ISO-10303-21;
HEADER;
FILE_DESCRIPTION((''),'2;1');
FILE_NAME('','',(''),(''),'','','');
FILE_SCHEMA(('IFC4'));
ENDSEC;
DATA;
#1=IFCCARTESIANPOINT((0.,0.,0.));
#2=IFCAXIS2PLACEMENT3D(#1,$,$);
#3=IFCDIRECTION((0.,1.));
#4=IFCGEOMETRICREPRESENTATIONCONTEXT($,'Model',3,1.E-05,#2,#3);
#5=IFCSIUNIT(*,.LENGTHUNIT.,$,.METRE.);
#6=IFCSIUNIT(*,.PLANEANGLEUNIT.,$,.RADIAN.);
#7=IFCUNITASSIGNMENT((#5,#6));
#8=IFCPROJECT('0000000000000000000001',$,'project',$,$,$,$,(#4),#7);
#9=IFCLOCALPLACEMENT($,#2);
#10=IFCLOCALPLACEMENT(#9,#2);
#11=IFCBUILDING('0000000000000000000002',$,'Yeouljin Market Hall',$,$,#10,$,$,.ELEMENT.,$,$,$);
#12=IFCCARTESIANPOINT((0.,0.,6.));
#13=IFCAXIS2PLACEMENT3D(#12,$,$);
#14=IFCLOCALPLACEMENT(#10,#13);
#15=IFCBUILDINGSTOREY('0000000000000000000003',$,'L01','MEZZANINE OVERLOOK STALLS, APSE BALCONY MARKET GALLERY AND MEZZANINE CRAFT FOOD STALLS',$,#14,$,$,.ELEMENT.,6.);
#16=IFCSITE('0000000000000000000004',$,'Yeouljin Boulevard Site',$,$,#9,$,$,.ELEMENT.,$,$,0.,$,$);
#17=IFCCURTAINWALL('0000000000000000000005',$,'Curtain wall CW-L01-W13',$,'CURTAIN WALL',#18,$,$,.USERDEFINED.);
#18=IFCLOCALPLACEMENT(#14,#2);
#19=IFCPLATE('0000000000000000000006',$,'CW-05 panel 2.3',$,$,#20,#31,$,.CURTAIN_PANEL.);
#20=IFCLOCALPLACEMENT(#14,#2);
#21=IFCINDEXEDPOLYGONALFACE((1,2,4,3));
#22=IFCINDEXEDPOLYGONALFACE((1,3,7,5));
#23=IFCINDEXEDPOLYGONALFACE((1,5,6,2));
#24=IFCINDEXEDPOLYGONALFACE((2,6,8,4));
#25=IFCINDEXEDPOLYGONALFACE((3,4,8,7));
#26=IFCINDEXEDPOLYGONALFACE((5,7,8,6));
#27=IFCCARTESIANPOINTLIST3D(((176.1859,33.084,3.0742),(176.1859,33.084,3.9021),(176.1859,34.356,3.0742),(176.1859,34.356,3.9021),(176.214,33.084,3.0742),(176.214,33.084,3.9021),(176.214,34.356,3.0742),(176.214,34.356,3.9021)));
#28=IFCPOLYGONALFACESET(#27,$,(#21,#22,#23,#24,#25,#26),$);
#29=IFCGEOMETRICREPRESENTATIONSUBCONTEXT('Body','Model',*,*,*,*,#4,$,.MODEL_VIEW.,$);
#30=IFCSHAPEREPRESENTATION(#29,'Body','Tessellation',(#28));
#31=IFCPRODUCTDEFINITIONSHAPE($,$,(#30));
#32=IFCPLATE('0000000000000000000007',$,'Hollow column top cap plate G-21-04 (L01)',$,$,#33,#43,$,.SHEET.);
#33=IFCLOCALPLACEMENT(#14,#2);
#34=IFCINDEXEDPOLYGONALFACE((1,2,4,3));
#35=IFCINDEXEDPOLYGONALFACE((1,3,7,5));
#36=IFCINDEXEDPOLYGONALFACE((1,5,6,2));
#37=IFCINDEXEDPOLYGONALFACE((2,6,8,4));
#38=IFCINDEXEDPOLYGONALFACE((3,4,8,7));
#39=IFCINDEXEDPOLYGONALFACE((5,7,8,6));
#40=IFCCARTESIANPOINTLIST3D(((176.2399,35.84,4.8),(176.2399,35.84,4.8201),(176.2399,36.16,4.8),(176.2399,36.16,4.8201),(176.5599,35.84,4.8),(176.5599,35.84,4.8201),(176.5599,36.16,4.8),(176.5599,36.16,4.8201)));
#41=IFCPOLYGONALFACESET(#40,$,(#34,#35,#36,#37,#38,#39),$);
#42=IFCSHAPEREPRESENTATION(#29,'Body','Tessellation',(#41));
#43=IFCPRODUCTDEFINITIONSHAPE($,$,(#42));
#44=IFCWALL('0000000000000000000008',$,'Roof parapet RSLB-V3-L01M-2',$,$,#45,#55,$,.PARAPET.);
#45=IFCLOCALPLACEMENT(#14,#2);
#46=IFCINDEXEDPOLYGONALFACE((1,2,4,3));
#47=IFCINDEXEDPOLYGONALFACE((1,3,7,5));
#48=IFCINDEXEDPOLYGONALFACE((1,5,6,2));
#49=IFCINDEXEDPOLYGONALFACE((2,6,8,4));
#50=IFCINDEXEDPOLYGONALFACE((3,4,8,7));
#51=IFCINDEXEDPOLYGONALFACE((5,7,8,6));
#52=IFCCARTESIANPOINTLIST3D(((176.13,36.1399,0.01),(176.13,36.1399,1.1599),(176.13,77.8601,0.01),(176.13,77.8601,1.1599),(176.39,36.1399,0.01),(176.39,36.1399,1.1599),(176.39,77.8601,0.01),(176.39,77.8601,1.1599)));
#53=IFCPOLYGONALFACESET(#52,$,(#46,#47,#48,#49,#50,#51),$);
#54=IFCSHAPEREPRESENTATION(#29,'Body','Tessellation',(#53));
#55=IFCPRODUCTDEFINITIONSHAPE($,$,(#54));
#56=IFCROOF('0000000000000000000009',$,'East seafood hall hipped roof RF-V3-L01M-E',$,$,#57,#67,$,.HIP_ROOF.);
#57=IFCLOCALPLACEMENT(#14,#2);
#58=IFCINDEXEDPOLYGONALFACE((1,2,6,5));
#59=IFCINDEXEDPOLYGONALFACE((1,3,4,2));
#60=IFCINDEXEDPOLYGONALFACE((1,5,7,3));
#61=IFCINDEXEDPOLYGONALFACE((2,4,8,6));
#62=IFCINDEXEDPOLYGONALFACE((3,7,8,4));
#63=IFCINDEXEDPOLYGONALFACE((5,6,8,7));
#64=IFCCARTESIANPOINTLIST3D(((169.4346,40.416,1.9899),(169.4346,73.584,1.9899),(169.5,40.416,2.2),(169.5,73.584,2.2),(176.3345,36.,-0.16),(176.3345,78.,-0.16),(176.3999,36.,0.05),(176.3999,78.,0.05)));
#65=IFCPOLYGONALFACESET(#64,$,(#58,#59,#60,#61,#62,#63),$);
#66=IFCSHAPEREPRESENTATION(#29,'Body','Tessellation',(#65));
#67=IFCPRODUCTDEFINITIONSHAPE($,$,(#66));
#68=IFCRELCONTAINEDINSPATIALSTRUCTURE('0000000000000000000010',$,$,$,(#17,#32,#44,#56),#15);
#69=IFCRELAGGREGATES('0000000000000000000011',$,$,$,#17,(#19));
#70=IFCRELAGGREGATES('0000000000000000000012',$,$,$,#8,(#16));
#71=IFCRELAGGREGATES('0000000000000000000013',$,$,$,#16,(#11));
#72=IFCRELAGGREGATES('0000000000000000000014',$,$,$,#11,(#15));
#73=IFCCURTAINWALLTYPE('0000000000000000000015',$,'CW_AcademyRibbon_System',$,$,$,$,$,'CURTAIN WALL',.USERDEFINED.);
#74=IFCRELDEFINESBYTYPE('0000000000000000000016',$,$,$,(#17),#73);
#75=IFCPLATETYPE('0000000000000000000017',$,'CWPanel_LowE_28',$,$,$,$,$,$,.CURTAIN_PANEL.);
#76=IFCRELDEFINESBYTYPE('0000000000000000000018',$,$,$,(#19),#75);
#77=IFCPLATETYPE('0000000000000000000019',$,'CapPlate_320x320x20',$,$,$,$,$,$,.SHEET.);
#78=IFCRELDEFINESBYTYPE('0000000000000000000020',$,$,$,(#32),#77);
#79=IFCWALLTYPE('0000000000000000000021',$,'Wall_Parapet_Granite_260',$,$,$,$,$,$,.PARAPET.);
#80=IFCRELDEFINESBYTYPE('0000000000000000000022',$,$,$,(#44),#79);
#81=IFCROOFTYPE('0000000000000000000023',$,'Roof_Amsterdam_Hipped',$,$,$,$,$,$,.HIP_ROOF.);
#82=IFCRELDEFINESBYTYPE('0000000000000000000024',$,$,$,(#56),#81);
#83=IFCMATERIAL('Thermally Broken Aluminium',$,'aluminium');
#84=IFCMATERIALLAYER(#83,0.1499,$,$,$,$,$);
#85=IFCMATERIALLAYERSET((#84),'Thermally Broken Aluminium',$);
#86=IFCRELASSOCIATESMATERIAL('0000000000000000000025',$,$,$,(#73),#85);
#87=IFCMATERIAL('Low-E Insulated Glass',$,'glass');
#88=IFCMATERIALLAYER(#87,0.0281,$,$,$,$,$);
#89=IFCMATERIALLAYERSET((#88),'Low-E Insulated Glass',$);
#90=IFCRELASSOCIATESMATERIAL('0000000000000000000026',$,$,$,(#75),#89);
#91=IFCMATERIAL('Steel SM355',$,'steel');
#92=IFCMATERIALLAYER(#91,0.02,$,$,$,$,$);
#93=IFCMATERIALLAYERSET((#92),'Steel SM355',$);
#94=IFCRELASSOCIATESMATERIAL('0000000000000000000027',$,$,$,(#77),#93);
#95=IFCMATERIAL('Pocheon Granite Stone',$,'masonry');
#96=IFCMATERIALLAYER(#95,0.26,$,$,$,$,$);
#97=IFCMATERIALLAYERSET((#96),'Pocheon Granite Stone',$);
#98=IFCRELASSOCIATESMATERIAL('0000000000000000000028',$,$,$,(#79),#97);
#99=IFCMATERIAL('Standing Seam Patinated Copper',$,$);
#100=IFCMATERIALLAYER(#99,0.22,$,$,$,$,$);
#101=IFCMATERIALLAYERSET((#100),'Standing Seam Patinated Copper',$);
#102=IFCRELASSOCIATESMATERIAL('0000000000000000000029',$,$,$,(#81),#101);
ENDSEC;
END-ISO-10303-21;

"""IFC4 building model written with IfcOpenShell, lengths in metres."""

from ifc_helpers import new_model, si_unit, direction, frame, frame_2d, origin, origin_2d, place, context, subcontext, project, spatial, polyline, rectangle, outline, extrude, material, layer, layer_set, type_object, element, aggregate, save


model = new_model("IFC4")

# Units and contexts
model_context = context("Model", 3, precision=1e-05, world=origin(), true_north=direction((0.0, 1.0)))
body_context = subcontext(model_context, "Body", "Model", "MODEL_VIEW")
ifc_project = project(units=[si_unit("LENGTHUNIT", "METRE"), si_unit("PLANEANGLEUNIT", "RADIAN")], contexts=[model_context])

# Site, building, storey
site_placement = place(None, origin())
site = spatial("IfcSite", under=ifc_project, at=site_placement, Name="Yeouljin Boulevard Site", CompositionType="ELEMENT", RefElevation=0.0)
building_placement = place(site_placement, origin())
building = spatial("IfcBuilding", under=site, at=building_placement, Name="Yeouljin Market Hall", CompositionType="ELEMENT")
storey_placement = place(building_placement, frame((0.0, 0.0, 6.0)))
storey = spatial("IfcBuildingStorey", under=building, at=storey_placement, Name="L01", Description="MEZZANINE OVERLOOK STALLS, APSE BALCONY MARKET GALLERY AND MEZZANINE CRAFT FOOD STALLS", CompositionType="ELEMENT", Elevation=6.0)

# Curtain wall, plate
ifc_material_1 = material(Name="Thermally Broken Aluminium", Category="aluminium")
ifc_layer_1 = layer(ifc_material_1, 0.1499)
ifc_layer_set_1 = layer_set([ifc_layer_1], Name="Thermally Broken Aluminium")
curtain_wall_type = type_object("IfcCurtainWallType", Name="CW_AcademyRibbon_System", ElementType="CURTAIN WALL", PredefinedType="USERDEFINED", material=ifc_layer_set_1)
curtain_wall_placement = place(storey_placement, origin())
curtain_wall = element("IfcCurtainWall", 1, at=curtain_wall_placement, inside=storey, type_object=curtain_wall_type, Name="Curtain wall CW-L01-W13", ObjectType="CURTAIN WALL", PredefinedType="USERDEFINED")
ifc_material_2 = material(Name="Low-E Insulated Glass", Category="glass")
ifc_layer_2 = layer(ifc_material_2, 0.0281)
ifc_layer_set_2 = layer_set([ifc_layer_2], Name="Low-E Insulated Glass")
plate_type_1 = type_object("IfcPlateType", Name="CWPanel_LowE_28", PredefinedType="CURTAIN_PANEL", material=ifc_layer_set_2)
plate_1_placement = place(storey_placement, frame((176.2, 33.72, 3.0742), z_axis=(0.0, 0.0, 1.0), x_axis=(0.0, -1.0, 0.0)))
plate_1 = element("IfcPlate", 2, at=plate_1_placement, type_object=plate_type_1, Name="CW-05 panel 2.3", PredefinedType="CURTAIN_PANEL", context=body_context, shape_type="SweptSolid", body=[
    extrude(rectangle(XDim=1.272, YDim=0.0281, at=origin_2d()), origin(), (0.0, 0.0, 1.0), 0.8279),
])
aggregate(curtain_wall, [plate_1])

# Plate
ifc_material_3 = material(Name="Steel SM355", Category="steel")
ifc_layer_3 = layer(ifc_material_3, 0.02)
ifc_layer_set_3 = layer_set([ifc_layer_3], Name="Steel SM355")
plate_type_2 = type_object("IfcPlateType", Name="CapPlate_320x320x20", PredefinedType="SHEET", material=ifc_layer_set_3)
plate_2_placement = place(storey_placement, frame((176.3999, 36.0, 4.8), z_axis=(0.0, 0.0, 1.0), x_axis=(1.0, 0.0, 0.0)))
element("IfcPlate", 3, at=plate_2_placement, inside=storey, type_object=plate_type_2, Name="Hollow column top cap plate G-21-04 (L01)", PredefinedType="SHEET", context=body_context, shape_type="SweptSolid", body=[
    extrude(rectangle(XDim=0.3201, YDim=0.3201, at=origin_2d()), origin(), (0.0, 0.0, 1.0), 0.02),
])

# Wall
ifc_material_4 = material(Name="Pocheon Granite Stone", Category="masonry")
ifc_layer_4 = layer(ifc_material_4, 0.26)
ifc_layer_set_4 = layer_set([ifc_layer_4], Name="Pocheon Granite Stone")
wall_type = type_object("IfcWallType", Name="Wall_Parapet_Granite_260", PredefinedType="PARAPET", material=ifc_layer_set_4)
wall_placement = place(storey_placement, frame((176.26, 36.1399, 0.01), z_axis=(0.0, 0.0, 1.0), x_axis=(0.0, 1.0, 0.0)))
element("IfcWall", 4, at=wall_placement, inside=storey, type_object=wall_type, Name="Roof parapet RSLB-V3-L01M-2", PredefinedType="PARAPET", context=body_context, shape_type="SweptSolid", body=[
    extrude(rectangle(XDim=41.7202, YDim=0.26, at=frame_2d((20.8601, 0.0))), origin(), (0.0, 0.0, 1.0), 1.1499),
])

# Roof
ifc_material_5 = material(Name="Standing Seam Patinated Copper")
ifc_layer_5 = layer(ifc_material_5, 0.22)
ifc_layer_set_5 = layer_set([ifc_layer_5], Name="Standing Seam Patinated Copper")
roof_type = type_object("IfcRoofType", Name="Roof_Amsterdam_Hipped", PredefinedType="HIP_ROOF", material=ifc_layer_set_5)
roof_placement = place(storey_placement, frame((176.3999, 36.0, 0.05), z_axis=(0.297479, 0.0, 0.954728), x_axis=(0.0, 1.0, 0.0)))
element("IfcRoof", 5, at=roof_placement, inside=storey, type_object=roof_type, Name="East seafood hall hipped roof RF-V3-L01M-E", PredefinedType="HIP_ROOF", context=body_context, shape_type="SweptSolid", body=[
    extrude(outline(polyline([(0.0, 0.0), (42.0, 0.0), (37.584, 7.2271), (4.416, 7.2271), (0.0, 0.0)])), origin(), (0.0, 0.0, -1.0), 0.22),
])

save(model, "model.ifc")
